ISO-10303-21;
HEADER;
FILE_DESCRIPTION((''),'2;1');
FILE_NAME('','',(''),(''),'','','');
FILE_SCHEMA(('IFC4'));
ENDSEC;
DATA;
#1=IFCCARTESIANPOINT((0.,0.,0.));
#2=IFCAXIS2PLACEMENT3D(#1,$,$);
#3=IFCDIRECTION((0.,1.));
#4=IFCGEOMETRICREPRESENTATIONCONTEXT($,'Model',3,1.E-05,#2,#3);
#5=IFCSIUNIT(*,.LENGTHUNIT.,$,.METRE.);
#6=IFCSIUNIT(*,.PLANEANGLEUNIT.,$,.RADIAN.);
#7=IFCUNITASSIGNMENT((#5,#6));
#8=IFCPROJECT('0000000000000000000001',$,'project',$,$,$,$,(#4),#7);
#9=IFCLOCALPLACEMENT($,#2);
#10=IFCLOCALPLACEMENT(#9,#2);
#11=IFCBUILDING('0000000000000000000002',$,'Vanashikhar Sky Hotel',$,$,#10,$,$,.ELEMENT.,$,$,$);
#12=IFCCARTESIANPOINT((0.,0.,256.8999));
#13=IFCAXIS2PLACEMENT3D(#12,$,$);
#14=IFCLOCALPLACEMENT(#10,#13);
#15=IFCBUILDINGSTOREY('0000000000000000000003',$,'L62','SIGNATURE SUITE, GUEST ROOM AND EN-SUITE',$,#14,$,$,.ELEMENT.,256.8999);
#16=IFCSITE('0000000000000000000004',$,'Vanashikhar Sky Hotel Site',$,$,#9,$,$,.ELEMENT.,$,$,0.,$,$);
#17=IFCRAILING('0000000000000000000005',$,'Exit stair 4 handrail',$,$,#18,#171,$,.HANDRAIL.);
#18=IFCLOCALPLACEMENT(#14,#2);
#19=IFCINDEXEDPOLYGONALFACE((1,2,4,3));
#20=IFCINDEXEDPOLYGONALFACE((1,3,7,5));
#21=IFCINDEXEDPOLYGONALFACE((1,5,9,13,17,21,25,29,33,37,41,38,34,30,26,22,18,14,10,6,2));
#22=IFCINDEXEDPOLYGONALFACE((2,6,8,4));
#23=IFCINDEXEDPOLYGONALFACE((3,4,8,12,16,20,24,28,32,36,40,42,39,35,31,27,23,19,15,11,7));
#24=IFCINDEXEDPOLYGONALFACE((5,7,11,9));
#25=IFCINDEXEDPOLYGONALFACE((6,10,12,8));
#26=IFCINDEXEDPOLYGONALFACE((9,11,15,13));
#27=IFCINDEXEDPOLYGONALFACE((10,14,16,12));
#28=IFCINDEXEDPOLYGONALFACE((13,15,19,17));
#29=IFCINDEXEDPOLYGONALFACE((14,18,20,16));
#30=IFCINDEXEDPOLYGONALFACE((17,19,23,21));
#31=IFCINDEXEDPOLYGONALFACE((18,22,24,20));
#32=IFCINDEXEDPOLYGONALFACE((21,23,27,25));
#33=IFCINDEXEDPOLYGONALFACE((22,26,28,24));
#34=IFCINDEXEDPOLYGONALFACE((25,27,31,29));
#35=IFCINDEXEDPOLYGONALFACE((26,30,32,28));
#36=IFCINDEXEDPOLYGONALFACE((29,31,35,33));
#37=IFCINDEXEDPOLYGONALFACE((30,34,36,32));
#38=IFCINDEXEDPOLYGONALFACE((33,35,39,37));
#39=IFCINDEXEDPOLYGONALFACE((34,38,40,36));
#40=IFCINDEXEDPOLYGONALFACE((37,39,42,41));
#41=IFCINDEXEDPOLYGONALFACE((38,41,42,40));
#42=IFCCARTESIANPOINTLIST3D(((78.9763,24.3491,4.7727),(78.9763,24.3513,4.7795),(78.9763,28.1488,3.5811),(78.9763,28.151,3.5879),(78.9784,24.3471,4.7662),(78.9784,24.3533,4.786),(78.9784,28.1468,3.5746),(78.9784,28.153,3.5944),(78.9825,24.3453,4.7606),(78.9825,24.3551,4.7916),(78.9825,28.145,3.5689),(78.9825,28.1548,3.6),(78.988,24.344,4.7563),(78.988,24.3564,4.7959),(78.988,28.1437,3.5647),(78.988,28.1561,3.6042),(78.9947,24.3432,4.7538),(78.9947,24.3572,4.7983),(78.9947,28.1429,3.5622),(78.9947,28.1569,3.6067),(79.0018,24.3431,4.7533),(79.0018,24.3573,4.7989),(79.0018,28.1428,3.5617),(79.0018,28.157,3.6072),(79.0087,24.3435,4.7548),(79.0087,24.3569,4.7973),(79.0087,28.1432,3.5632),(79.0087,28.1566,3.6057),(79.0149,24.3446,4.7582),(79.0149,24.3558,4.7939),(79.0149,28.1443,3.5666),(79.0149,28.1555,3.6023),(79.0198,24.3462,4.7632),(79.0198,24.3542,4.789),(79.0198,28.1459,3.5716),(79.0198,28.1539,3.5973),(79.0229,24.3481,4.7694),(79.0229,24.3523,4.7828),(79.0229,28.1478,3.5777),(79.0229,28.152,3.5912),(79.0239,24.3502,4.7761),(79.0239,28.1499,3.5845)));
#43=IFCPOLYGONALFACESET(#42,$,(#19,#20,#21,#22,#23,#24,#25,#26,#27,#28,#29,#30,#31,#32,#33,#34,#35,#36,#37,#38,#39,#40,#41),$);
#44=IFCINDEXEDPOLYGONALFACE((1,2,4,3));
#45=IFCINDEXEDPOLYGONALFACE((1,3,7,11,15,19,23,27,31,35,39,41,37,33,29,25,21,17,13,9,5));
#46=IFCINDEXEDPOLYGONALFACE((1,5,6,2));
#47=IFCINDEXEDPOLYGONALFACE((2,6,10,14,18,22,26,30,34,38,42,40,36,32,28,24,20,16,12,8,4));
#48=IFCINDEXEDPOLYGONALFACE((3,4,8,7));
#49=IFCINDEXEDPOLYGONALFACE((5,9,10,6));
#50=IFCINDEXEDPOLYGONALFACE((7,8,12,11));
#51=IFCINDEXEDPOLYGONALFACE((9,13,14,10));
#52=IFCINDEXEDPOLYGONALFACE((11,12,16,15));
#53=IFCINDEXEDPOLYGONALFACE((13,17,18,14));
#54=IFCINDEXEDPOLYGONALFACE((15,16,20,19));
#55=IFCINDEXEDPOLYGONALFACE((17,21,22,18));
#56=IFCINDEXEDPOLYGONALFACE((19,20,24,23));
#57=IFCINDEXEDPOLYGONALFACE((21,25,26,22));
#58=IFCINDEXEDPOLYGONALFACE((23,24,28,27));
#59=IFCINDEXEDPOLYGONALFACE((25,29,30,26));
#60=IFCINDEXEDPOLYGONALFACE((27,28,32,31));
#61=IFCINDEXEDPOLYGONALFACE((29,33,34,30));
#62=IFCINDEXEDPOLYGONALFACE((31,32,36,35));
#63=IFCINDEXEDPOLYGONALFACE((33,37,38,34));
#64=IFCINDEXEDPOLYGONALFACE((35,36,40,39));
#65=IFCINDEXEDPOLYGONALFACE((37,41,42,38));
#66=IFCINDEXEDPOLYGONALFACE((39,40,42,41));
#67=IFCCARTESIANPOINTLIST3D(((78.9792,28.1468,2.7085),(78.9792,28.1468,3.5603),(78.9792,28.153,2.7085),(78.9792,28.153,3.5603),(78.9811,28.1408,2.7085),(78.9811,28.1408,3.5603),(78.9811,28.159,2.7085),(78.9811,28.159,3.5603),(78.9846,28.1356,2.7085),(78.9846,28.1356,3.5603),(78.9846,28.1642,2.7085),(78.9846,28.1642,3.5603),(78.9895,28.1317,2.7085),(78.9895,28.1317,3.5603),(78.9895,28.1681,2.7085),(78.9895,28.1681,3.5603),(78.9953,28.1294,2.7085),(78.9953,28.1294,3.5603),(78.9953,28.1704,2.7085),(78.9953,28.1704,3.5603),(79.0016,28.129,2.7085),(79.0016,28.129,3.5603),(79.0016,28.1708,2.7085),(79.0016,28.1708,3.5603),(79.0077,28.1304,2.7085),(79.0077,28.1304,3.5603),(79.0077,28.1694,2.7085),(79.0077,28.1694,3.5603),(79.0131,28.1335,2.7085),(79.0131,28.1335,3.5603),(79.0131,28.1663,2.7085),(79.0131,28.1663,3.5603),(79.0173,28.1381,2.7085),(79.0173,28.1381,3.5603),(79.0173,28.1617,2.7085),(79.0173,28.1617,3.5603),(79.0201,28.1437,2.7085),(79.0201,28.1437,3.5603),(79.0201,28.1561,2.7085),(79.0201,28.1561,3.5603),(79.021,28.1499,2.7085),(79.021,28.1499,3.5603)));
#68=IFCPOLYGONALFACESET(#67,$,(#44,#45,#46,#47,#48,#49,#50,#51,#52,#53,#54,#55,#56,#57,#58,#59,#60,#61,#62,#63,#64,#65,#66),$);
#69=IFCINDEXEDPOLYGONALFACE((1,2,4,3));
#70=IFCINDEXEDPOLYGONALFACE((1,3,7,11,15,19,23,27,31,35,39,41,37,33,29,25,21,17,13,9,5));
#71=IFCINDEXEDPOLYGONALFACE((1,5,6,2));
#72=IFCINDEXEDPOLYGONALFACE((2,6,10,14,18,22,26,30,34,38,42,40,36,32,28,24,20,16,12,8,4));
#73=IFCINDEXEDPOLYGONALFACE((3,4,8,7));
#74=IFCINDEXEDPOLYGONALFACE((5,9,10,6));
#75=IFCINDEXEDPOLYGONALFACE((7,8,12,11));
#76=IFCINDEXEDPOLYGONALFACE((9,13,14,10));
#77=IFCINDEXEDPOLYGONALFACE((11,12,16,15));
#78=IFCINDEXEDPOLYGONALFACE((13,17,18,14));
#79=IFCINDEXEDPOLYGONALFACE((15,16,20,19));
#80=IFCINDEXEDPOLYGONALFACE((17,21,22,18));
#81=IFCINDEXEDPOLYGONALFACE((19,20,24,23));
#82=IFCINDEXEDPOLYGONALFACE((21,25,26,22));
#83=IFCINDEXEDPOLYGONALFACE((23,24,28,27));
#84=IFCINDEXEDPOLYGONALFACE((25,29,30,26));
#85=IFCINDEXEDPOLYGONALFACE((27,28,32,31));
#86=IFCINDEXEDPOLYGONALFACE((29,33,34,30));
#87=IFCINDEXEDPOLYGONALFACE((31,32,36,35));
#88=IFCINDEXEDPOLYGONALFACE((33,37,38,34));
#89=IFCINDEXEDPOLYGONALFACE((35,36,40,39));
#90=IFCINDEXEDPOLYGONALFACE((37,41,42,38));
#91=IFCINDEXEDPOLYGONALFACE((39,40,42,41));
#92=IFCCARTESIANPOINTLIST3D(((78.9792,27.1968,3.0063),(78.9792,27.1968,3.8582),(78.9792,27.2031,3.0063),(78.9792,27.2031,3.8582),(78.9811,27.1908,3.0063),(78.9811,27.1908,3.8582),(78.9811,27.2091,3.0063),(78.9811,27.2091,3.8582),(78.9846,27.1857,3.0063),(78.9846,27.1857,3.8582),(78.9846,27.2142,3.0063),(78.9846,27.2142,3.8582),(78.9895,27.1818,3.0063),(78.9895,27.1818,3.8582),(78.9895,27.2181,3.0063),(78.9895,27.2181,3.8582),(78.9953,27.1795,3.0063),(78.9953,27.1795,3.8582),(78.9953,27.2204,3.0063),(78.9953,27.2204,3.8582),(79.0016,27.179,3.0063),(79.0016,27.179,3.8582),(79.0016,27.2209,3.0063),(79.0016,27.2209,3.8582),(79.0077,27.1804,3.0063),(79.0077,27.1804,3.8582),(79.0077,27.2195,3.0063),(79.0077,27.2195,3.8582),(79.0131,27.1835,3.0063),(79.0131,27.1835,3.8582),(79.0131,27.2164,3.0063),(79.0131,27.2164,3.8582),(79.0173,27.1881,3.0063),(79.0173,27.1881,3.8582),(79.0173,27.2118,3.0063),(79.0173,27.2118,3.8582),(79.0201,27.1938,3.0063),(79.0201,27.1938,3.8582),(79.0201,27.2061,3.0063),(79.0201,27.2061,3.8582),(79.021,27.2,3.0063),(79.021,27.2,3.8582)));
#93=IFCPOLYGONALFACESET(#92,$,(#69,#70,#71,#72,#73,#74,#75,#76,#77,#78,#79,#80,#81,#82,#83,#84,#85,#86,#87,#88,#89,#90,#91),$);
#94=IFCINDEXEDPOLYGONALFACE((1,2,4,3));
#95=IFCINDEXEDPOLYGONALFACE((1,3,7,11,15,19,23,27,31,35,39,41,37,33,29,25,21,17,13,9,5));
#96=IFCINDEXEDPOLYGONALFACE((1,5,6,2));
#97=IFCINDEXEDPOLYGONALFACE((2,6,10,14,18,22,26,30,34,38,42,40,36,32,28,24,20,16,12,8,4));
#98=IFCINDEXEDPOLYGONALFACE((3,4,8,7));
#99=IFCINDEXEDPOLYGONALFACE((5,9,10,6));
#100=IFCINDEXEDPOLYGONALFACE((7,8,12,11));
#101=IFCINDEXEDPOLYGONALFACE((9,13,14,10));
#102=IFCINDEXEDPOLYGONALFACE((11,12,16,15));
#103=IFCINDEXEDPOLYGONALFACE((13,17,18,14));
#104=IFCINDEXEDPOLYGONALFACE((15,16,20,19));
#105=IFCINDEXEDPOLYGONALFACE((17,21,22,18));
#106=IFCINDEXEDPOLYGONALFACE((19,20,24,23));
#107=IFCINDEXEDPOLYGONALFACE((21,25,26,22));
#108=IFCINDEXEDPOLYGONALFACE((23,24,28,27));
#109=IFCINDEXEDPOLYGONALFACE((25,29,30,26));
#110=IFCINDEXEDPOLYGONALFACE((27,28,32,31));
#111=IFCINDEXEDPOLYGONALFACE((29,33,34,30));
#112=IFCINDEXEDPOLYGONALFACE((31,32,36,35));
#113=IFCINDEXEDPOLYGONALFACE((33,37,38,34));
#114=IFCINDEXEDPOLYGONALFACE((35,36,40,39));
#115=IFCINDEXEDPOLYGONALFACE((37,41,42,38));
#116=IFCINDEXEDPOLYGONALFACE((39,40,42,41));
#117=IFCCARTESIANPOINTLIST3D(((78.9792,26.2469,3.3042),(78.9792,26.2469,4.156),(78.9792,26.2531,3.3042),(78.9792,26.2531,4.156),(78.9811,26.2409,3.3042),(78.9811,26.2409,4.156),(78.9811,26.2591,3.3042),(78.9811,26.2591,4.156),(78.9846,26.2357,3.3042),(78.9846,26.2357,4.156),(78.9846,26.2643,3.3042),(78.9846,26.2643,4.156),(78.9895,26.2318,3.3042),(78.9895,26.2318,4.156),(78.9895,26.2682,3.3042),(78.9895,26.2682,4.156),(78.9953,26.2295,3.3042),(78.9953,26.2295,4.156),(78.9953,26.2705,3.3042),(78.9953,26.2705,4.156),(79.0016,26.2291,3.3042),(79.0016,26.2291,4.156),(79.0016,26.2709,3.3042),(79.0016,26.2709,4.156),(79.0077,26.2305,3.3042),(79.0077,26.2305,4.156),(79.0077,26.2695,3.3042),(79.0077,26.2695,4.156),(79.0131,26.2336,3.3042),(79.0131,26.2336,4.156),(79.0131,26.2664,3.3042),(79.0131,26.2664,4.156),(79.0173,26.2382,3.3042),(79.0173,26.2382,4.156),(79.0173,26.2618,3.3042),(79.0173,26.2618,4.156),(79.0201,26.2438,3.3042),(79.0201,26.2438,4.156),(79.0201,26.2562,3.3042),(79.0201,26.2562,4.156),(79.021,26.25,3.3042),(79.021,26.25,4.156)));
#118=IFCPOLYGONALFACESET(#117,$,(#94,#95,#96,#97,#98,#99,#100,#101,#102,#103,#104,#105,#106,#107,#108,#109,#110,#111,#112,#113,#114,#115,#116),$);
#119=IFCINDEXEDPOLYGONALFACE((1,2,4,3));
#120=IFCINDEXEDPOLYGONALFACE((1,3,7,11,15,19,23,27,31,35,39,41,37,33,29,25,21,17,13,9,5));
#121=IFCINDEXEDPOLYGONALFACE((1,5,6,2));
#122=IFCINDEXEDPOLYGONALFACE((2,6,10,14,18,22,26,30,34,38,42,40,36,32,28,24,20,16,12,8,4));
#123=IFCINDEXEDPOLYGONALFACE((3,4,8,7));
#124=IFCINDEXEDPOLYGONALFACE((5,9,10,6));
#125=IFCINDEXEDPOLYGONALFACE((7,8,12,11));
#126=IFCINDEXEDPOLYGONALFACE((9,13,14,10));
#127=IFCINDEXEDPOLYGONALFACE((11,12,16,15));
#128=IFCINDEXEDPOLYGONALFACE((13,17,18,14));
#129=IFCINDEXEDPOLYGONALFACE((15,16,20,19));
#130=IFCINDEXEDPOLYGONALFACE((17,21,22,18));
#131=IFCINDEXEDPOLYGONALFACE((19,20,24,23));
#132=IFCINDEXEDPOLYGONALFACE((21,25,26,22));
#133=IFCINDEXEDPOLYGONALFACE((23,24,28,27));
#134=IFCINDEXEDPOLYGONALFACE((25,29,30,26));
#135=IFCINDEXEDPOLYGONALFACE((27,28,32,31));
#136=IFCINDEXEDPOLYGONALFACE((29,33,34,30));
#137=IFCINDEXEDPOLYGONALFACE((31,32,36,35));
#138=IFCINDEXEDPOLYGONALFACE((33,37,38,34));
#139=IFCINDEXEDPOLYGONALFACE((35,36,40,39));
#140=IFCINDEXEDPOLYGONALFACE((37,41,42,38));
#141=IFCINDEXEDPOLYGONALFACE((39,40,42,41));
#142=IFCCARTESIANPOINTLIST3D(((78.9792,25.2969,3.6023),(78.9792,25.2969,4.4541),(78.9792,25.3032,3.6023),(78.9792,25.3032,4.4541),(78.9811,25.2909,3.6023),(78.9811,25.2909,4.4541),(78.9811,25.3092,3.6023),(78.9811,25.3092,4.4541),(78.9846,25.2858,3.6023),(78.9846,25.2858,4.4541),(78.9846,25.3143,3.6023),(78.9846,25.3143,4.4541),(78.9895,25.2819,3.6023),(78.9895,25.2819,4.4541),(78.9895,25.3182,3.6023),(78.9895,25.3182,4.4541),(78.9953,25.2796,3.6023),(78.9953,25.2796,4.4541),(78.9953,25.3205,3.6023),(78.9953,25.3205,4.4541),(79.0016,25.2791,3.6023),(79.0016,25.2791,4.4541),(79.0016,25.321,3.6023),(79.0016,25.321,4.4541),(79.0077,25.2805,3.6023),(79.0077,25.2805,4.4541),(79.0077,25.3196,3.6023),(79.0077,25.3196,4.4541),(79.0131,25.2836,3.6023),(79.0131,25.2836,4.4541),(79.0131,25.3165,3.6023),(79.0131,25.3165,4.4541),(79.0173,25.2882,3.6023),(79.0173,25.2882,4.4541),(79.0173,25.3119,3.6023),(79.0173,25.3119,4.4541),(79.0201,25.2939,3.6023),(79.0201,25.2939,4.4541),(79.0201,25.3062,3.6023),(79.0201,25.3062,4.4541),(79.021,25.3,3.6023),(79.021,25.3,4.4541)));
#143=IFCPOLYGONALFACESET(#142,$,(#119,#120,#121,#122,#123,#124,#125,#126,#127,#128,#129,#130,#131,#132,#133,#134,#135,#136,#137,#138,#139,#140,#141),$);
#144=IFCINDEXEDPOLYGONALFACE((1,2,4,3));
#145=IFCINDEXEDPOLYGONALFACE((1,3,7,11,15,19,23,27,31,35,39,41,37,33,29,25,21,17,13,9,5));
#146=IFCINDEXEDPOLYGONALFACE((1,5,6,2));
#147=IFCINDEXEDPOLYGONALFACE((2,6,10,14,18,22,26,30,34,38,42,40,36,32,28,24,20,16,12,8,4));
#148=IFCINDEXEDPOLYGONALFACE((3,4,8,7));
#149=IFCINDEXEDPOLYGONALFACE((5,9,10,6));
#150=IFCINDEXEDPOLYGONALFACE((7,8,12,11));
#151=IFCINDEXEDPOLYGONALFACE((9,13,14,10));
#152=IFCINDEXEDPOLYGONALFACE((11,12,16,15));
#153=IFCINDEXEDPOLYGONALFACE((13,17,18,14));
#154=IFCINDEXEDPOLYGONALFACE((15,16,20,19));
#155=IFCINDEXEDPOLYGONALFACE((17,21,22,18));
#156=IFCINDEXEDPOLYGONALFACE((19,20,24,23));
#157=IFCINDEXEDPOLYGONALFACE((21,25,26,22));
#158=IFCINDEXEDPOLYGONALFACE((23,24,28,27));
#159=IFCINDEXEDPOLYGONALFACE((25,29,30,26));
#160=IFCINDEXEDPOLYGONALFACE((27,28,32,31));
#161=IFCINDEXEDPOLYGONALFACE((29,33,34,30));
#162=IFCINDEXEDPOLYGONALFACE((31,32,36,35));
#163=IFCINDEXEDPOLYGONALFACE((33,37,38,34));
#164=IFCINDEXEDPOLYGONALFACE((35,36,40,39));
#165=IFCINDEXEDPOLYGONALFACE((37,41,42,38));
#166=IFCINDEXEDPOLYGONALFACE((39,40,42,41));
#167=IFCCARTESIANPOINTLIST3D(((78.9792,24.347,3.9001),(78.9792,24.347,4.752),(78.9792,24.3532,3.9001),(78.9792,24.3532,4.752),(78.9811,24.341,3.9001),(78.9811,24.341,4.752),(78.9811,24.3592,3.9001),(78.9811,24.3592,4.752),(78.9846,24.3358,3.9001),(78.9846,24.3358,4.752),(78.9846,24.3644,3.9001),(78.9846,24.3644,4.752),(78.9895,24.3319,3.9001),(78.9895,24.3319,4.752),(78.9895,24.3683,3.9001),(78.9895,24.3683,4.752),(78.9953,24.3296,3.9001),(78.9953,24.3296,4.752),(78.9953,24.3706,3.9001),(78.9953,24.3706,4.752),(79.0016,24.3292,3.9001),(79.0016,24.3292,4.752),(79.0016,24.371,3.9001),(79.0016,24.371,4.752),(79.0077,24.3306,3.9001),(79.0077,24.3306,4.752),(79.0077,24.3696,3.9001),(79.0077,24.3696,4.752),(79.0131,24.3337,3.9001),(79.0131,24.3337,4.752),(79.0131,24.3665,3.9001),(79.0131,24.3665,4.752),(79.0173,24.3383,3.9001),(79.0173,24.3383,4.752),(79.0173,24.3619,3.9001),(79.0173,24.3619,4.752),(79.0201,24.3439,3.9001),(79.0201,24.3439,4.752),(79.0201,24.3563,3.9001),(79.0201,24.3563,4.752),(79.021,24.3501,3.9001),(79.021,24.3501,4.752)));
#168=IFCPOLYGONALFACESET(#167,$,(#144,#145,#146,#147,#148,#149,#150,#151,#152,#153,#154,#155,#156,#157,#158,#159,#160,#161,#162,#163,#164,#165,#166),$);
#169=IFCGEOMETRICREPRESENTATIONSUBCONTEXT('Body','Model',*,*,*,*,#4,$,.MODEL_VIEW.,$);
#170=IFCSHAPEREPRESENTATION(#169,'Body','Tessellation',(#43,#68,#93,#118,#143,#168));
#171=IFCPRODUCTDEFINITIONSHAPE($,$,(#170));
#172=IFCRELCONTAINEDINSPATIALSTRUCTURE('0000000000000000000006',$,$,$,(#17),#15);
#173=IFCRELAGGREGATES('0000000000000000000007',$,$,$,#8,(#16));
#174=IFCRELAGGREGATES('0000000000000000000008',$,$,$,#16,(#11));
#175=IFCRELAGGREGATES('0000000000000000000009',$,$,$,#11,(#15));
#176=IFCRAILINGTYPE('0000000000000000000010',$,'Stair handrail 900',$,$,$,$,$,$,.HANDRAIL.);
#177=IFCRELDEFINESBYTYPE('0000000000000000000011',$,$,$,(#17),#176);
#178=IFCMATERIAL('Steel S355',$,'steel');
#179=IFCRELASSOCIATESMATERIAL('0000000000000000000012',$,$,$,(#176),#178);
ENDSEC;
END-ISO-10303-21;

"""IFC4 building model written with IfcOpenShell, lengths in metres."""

from ifc_helpers import new_model, si_unit, direction, frame, origin, origin_2d, place, context, subcontext, project, spatial, circle, extrude, source, transform, mapped, material, type_object, element, save


model = new_model("IFC4")

# Units and contexts
model_context = context("Model", 3, precision=1e-05, world=origin(), true_north=direction((0.0, 1.0)))
body_context = subcontext(model_context, "Body", "Model", "MODEL_VIEW")
ifc_project = project(units=[si_unit("LENGTHUNIT", "METRE"), si_unit("PLANEANGLEUNIT", "RADIAN")], contexts=[model_context])

# Site, building, storey
site_placement = place(None, origin())
site = spatial("IfcSite", under=ifc_project, at=site_placement, Name="Vanashikhar Sky Hotel Site", CompositionType="ELEMENT", RefElevation=0.0)
building_placement = place(site_placement, origin())
building = spatial("IfcBuilding", under=site, at=building_placement, Name="Vanashikhar Sky Hotel", CompositionType="ELEMENT")
storey_placement = place(building_placement, frame((0.0, 0.0, 256.8999)))
storey = spatial("IfcBuildingStorey", under=building, at=storey_placement, Name="L62", Description="SIGNATURE SUITE, GUEST ROOM AND EN-SUITE", CompositionType="ELEMENT", Elevation=256.8999)

# Railing
ifc_material_1 = material(Name="Steel S355", Category="steel")
railing_type_1 = type_object("IfcRailingType", Name="Stair handrail 900", PredefinedType="HANDRAIL", material=ifc_material_1)
shared_shape_1 = source(origin(), body_context, "Body", "SweptSolid", [
    extrude(circle(Radius=0.0239, at=origin_2d()), frame((0.0, 0.0, 0.876), z_axis=(0.0, -0.954178, 0.299238), x_axis=(1.0, 0.0, 0.0)), (0.0, 0.0, 1.0), 3.9822),
    extrude(circle(Radius=0.021, at=origin_2d()), origin(), (0.0, 0.0, 1.0), 0.8518),
    extrude(circle(Radius=0.021, at=origin_2d()), frame((0.0, -0.95, 0.2979)), (0.0, 0.0, 1.0), 0.8518),
    extrude(circle(Radius=0.021, at=origin_2d()), frame((0.0, -1.8999, 0.5957)), (0.0, 0.0, 1.0), 0.8518),
    extrude(circle(Radius=0.021, at=origin_2d()), frame((0.0, -2.8499, 0.8938)), (0.0, 0.0, 1.0), 0.8518),
    extrude(circle(Radius=0.021, at=origin_2d()), frame((0.0, -3.7998, 1.1917)), (0.0, 0.0, 1.0), 0.8518),
])
for number, where, name in (
    (1, (79.0, 28.1499, 2.7085), "Exit stair 4 handrail"),
):
    element("IfcRailing", number, at=place(storey_placement, frame(where)), inside=storey, type_object=railing_type_1, Name=name, PredefinedType="HANDRAIL", context=body_context, shape_type="MappedRepresentation", body=[
        mapped(shared_shape_1, transform((0.0, 0.0, 0.0), scale=1.0)),
    ])

save(model, "model.ifc")
